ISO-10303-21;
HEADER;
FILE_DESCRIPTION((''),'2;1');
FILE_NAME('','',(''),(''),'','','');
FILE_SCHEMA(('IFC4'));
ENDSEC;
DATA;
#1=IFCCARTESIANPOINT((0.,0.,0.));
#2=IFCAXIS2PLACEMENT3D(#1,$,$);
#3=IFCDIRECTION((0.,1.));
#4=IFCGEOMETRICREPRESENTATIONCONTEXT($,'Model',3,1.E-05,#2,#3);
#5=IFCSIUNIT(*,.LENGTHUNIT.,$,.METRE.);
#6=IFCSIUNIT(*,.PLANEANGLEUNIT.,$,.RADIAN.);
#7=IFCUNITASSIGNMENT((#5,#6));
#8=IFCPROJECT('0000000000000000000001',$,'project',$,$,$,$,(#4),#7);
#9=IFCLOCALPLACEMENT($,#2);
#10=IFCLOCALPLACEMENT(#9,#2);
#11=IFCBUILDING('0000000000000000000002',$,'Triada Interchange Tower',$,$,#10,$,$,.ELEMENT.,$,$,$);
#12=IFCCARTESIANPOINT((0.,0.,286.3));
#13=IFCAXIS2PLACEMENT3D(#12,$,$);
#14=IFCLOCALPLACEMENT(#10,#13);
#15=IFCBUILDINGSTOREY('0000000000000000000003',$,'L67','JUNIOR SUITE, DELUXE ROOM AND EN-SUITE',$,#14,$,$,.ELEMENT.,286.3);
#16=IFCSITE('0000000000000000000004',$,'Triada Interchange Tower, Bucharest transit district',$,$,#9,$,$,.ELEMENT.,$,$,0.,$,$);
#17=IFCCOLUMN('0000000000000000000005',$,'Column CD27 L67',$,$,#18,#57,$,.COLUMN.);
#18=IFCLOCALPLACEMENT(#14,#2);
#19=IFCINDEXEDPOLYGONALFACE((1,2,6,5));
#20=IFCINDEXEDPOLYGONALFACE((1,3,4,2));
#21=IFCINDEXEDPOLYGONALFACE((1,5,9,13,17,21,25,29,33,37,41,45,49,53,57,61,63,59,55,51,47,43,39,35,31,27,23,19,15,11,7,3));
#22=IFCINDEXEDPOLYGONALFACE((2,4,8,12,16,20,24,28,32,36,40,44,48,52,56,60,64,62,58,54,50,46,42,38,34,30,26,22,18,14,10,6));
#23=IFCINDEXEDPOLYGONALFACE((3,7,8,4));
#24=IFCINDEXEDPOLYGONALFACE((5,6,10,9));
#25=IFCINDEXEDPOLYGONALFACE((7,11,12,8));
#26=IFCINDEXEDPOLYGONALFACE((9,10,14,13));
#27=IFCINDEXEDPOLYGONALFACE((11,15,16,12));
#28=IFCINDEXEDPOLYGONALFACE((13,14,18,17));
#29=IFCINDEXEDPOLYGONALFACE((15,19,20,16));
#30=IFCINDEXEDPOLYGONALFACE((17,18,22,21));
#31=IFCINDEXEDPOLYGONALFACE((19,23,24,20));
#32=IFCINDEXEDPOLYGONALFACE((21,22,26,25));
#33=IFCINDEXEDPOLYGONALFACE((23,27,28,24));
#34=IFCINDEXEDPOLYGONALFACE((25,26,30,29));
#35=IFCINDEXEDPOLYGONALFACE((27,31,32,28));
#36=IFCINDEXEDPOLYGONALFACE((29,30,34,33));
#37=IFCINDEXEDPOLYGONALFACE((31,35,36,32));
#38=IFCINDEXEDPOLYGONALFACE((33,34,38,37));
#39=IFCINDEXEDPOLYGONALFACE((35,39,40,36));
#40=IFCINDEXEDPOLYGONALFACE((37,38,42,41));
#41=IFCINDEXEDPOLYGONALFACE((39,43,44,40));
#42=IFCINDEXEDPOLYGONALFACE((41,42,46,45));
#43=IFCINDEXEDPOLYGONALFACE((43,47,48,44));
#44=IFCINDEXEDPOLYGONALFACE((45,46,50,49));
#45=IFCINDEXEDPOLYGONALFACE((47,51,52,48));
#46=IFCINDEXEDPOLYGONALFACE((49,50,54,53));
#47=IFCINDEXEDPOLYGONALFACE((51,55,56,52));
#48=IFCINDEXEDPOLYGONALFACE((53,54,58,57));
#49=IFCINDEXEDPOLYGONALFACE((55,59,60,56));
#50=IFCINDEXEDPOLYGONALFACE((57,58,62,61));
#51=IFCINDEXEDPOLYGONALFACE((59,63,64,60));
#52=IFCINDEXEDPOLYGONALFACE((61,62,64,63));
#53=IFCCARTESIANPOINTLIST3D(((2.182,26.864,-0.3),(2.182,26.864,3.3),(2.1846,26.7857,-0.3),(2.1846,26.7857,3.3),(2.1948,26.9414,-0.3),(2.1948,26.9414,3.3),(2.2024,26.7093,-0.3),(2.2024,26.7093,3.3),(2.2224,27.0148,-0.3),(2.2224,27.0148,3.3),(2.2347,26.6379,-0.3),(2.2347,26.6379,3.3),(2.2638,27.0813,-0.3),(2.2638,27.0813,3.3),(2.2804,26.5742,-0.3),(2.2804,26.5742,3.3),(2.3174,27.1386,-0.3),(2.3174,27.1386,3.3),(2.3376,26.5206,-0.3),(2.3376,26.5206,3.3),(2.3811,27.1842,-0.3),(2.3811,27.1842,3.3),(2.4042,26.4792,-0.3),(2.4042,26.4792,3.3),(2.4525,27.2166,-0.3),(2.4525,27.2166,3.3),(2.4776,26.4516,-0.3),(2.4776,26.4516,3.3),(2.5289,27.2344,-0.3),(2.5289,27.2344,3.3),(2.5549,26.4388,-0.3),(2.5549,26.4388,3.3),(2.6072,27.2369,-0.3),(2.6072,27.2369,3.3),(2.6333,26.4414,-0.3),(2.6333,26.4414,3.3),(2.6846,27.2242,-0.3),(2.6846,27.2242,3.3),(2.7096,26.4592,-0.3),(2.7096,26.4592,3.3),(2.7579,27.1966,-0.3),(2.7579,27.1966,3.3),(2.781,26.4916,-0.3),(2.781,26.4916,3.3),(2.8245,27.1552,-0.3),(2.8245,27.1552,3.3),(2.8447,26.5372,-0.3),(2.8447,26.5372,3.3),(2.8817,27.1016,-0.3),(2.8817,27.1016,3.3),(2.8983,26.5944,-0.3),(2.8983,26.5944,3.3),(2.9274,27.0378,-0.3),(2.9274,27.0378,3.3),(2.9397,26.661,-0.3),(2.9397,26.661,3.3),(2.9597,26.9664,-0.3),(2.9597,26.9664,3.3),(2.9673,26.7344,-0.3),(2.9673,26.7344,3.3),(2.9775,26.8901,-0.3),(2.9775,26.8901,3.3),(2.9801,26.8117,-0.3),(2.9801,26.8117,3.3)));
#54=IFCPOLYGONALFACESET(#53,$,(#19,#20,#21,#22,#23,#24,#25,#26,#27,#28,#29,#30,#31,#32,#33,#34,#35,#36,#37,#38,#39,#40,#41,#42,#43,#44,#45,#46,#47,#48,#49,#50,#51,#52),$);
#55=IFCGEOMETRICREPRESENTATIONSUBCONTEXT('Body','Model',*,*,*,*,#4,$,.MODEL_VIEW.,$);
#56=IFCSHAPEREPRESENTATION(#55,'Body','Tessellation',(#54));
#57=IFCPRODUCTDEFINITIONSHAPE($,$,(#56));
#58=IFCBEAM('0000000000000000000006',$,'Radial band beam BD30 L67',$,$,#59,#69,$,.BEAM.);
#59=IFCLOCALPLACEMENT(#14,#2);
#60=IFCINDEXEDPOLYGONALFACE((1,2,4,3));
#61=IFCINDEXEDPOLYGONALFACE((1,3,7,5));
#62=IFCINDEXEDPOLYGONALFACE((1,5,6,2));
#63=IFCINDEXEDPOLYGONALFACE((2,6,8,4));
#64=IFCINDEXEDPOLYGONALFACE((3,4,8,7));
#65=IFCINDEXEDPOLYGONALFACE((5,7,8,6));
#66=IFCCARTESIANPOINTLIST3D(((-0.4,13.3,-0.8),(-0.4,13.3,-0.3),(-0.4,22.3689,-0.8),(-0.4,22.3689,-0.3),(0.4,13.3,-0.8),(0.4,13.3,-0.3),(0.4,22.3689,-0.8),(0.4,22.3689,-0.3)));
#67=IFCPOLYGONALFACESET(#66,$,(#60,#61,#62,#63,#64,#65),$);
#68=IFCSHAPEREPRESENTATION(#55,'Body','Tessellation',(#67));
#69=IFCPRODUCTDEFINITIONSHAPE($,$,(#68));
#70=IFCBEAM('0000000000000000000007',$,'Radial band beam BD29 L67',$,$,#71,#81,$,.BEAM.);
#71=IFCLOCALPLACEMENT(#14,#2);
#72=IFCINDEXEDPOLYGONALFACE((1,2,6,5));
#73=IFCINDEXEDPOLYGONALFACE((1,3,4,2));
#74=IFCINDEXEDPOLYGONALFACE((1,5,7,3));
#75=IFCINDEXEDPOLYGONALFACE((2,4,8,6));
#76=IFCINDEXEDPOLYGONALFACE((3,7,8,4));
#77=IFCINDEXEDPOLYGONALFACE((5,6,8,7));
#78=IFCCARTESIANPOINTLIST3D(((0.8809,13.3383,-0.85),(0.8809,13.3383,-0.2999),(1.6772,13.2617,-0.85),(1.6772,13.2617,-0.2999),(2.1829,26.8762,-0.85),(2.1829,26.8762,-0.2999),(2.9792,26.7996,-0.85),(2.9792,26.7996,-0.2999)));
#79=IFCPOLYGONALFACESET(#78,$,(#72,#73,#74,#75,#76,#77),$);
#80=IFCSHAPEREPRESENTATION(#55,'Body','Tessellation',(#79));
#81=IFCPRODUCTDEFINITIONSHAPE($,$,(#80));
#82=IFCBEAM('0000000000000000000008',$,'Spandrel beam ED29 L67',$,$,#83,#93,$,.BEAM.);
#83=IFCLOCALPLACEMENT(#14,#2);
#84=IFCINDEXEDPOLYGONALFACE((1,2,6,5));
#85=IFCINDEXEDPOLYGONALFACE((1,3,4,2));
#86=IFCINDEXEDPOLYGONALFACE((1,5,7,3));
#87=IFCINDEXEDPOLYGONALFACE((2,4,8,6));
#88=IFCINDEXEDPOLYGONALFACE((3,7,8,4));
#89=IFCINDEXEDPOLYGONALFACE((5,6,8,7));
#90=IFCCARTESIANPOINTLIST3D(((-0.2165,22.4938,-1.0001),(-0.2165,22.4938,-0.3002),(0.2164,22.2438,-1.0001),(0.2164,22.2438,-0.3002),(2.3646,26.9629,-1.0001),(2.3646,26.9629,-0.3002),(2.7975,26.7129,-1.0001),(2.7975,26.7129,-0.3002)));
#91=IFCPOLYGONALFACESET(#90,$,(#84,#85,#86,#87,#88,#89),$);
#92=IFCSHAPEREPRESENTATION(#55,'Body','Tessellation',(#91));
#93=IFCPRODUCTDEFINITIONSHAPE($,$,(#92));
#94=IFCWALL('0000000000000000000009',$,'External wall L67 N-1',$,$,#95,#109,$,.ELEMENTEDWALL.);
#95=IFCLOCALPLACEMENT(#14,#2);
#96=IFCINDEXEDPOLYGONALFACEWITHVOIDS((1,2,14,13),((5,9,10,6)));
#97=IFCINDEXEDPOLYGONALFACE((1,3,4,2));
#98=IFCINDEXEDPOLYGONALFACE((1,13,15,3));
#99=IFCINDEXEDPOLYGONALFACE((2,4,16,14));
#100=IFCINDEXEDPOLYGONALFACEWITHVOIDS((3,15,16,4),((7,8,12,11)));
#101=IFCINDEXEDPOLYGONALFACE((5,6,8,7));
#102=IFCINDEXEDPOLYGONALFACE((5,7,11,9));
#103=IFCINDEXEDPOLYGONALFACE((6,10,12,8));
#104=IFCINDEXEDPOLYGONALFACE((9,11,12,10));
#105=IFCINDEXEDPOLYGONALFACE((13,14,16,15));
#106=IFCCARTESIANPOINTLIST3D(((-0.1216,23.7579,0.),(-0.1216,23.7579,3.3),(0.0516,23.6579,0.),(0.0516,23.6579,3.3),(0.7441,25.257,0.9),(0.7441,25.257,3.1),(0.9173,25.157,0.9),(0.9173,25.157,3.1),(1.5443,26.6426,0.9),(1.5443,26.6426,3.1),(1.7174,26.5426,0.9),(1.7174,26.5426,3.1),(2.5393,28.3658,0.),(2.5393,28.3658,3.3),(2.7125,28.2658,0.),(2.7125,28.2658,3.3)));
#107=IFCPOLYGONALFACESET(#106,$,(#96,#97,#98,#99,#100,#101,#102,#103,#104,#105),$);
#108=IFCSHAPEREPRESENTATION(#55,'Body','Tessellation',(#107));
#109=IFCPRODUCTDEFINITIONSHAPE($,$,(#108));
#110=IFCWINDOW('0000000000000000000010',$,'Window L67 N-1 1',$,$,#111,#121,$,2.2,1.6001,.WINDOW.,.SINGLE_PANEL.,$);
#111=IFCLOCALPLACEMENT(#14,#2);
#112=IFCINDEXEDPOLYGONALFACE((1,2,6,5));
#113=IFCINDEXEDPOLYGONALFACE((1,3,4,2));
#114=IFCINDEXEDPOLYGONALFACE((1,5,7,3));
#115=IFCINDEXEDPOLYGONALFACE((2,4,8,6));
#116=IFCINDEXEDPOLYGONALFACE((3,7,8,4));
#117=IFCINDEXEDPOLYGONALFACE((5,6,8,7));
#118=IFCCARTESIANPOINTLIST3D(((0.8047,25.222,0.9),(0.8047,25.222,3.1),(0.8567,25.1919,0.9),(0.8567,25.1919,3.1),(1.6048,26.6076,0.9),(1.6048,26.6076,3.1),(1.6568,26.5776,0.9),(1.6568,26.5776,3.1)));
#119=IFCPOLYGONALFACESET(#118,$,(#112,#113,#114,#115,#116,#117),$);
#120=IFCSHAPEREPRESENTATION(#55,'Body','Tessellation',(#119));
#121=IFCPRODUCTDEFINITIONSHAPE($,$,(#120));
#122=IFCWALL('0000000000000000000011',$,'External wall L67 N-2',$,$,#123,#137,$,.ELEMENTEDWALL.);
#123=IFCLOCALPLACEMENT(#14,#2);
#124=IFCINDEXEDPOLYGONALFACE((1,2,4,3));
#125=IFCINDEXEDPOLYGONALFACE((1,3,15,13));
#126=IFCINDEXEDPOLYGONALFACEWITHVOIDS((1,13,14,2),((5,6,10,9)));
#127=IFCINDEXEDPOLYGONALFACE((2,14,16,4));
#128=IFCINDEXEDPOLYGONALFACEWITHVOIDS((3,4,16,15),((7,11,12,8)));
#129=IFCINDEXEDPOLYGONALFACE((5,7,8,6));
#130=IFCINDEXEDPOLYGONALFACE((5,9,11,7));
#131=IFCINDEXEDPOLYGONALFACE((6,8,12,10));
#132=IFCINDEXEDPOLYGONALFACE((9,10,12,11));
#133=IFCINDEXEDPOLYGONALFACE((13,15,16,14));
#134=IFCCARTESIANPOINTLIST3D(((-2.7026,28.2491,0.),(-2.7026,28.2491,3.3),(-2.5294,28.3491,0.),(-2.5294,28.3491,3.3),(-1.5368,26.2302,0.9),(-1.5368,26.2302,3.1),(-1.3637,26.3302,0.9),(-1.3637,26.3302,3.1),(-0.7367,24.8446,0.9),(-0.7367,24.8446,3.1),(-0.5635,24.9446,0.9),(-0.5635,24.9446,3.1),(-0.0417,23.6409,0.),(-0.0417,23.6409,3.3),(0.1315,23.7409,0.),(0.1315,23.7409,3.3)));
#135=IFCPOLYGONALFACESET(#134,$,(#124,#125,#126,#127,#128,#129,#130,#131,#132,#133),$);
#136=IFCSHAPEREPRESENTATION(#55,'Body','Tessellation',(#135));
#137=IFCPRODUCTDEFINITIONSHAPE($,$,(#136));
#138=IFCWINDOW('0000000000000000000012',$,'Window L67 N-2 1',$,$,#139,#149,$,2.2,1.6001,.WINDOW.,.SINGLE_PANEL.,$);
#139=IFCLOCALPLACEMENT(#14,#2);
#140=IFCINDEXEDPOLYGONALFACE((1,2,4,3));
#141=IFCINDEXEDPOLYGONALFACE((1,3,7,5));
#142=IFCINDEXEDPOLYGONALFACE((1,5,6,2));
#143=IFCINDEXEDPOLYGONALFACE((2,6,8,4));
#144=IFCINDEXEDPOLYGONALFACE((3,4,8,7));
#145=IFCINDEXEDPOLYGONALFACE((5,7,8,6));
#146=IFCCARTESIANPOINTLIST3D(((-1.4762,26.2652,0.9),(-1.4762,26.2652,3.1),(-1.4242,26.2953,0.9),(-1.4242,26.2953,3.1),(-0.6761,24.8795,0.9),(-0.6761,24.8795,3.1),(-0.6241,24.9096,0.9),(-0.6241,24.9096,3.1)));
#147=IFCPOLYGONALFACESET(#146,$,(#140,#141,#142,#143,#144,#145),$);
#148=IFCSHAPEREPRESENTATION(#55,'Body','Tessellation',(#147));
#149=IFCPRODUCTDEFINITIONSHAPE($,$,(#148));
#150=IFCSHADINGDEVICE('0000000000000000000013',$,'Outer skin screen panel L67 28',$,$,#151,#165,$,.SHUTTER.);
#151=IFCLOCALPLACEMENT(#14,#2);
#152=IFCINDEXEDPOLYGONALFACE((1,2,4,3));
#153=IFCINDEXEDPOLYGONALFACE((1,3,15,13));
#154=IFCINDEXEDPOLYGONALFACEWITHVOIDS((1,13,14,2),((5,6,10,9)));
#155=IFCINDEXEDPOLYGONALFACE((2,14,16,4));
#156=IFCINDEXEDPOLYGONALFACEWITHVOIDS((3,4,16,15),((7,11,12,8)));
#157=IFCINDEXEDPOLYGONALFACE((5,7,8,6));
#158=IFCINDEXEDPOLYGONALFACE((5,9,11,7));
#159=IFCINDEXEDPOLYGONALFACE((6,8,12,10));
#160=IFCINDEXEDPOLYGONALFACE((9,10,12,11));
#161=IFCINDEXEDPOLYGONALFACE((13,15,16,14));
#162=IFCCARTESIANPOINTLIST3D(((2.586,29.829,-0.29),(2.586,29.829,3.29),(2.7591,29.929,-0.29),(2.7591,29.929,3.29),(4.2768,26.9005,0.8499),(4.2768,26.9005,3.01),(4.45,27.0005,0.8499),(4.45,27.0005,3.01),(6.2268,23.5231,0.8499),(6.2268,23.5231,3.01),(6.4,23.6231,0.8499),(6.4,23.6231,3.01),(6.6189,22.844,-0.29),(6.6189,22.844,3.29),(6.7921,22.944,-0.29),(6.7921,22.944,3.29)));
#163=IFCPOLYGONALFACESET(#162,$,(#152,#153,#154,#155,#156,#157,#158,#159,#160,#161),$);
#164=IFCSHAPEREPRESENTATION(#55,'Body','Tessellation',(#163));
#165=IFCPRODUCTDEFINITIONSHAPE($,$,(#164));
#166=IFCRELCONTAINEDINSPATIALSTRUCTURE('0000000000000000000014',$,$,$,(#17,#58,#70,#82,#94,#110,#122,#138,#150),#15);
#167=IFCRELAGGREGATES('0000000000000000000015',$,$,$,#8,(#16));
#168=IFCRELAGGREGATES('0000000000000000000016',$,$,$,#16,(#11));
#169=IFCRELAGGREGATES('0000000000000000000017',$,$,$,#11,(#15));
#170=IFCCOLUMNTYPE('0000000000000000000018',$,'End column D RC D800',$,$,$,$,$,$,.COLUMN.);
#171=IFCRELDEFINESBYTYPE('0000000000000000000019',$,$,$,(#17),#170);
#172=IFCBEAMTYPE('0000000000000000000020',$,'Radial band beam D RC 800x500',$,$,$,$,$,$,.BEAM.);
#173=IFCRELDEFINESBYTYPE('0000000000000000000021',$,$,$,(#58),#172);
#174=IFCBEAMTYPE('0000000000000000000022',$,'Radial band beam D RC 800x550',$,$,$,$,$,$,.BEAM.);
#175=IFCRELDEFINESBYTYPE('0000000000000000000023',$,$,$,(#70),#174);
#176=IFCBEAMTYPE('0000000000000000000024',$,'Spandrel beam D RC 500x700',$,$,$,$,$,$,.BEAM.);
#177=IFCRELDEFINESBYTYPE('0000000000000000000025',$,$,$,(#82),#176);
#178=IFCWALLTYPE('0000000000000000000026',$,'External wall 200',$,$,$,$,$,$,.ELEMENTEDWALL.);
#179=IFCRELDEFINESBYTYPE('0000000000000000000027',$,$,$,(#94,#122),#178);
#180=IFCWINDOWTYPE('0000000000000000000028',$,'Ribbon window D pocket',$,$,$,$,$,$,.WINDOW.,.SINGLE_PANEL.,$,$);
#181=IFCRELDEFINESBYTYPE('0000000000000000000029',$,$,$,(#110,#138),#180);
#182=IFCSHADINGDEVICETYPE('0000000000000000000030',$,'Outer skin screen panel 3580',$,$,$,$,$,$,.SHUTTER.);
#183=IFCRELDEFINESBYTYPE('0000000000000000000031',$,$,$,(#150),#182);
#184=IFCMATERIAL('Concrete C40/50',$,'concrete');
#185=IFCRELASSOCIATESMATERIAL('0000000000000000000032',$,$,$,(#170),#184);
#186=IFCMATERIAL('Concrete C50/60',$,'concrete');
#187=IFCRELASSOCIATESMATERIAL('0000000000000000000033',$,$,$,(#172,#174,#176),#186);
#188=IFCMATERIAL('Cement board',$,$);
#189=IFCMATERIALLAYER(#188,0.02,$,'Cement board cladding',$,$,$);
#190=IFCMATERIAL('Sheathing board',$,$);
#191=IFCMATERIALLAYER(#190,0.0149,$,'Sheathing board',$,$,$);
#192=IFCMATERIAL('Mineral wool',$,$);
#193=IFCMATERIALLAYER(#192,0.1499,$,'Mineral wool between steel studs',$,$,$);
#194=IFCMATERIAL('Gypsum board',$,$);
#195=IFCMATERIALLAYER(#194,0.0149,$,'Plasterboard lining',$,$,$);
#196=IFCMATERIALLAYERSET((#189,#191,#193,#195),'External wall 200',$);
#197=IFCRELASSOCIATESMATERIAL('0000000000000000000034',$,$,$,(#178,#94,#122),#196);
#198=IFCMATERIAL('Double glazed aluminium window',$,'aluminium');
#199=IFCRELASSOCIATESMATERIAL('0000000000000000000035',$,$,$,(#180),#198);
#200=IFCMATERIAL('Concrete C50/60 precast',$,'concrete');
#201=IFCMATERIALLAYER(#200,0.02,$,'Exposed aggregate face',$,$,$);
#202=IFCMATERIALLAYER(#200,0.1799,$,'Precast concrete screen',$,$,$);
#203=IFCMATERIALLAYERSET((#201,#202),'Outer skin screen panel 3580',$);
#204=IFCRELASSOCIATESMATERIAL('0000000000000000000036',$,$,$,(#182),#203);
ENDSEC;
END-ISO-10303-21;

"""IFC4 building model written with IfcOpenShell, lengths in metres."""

from ifc_helpers import new_model, si_unit, direction, frame, frame_2d, origin, origin_2d, place, context, subcontext, project, spatial, polyline, rectangle, circle, outline, extrude, material, layer, layer_set, layer_usage, material_profile, profile_set, type_object, element, fill, save


model = new_model("IFC4")

# Units and contexts
model_context = context("Model", 3, precision=1e-05, world=origin(), true_north=direction((0.0, 1.0)))
body_context = subcontext(model_context, "Body", "Model", "MODEL_VIEW")
ifc_project = project(units=[si_unit("LENGTHUNIT", "METRE"), si_unit("PLANEANGLEUNIT", "RADIAN")], contexts=[model_context])

# Site, building, storey
site_placement = place(None, origin())
site = spatial("IfcSite", under=ifc_project, at=site_placement, Name="Triada Interchange Tower, Bucharest transit district", CompositionType="ELEMENT", RefElevation=0.0)
building_placement = place(site_placement, origin())
building = spatial("IfcBuilding", under=site, at=building_placement, Name="Triada Interchange Tower", CompositionType="ELEMENT")
storey_placement = place(building_placement, frame((0.0, 0.0, 286.3)))
storey = spatial("IfcBuildingStorey", under=building, at=storey_placement, Name="L67", Description="JUNIOR SUITE, DELUXE ROOM AND EN-SUITE", CompositionType="ELEMENT", Elevation=286.3)

# Column
ifc_material_1 = material(Name="Concrete C40/50", Category="concrete")
ifc_material_profile_1 = material_profile(ifc_material_1, circle(Radius=0.3999, at=origin_2d()), Name="RC D800")
ifc_profile_set_1 = profile_set([ifc_material_profile_1], Name="Concrete C40/50")
column_type = type_object("IfcColumnType", Name="End column D RC D800", PredefinedType="COLUMN", material=ifc_profile_set_1)
column_placement = place(storey_placement, frame((2.5811, 26.8379, -0.3), z_axis=(0.0, 0.0, 1.0), x_axis=(-0.5, 0.866025, 0.0)))
element("IfcColumn", 1, at=column_placement, inside=storey, type_object=column_type, Name="Column CD27 L67", PredefinedType="COLUMN", context=body_context, shape_type="SweptSolid", body=[
    extrude(circle(Radius=0.3999, at=origin_2d()), origin(), (0.0, 0.0, 1.0), 3.6001),
])

# Beams
ifc_material_2 = material(Name="Concrete C50/60", Category="concrete")
ifc_material_profile_2 = material_profile(ifc_material_2, rectangle(XDim=0.8, YDim=0.5, at=origin_2d()), Name="RC 800x500")
ifc_profile_set_2 = profile_set([ifc_material_profile_2], Name="Concrete C50/60")
beam_type_1 = type_object("IfcBeamType", Name="Radial band beam D RC 800x500", PredefinedType="BEAM", material=ifc_profile_set_2)
beam_1_placement = place(storey_placement, frame((0.0, 22.3689, -0.55), z_axis=(0.0, -1.0, 0.0), x_axis=(1.0, 0.0, 0.0)))
element("IfcBeam", 2, at=beam_1_placement, inside=storey, type_object=beam_type_1, Name="Radial band beam BD30 L67", PredefinedType="BEAM", context=body_context, shape_type="SweptSolid", body=[
    extrude(rectangle(XDim=0.8, YDim=0.5, at=origin_2d()), origin(), (0.0, 0.0, 1.0), 9.0688),
])
ifc_material_profile_3 = material_profile(ifc_material_2, rectangle(XDim=0.8, YDim=0.55, at=origin_2d()), Name="RC 800x550")
ifc_profile_set_3 = profile_set([ifc_material_profile_3], Name="Concrete C50/60")
beam_type_2 = type_object("IfcBeamType", Name="Radial band beam D RC 800x550", PredefinedType="BEAM", material=ifc_profile_set_3)
beam_2_placement = place(storey_placement, frame((2.5811, 26.8379, -0.575), z_axis=(-0.095733, -0.995407, 0.0), x_axis=(0.995407, -0.095733, 0.0)))
element("IfcBeam", 3, at=beam_2_placement, inside=storey, type_object=beam_type_2, Name="Radial band beam BD29 L67", PredefinedType="BEAM", context=body_context, shape_type="SweptSolid", body=[
    extrude(rectangle(XDim=0.8, YDim=0.55, at=origin_2d()), origin(), (0.0, 0.0, 1.0), 13.6003),
])
ifc_material_profile_4 = material_profile(ifc_material_2, rectangle(XDim=0.5, YDim=0.7, at=origin_2d()), Name="RC 500x700")
ifc_profile_set_4 = profile_set([ifc_material_profile_4], Name="Concrete C50/60")
beam_type_3 = type_object("IfcBeamType", Name="Spandrel beam D RC 500x700", PredefinedType="BEAM", material=ifc_profile_set_4)
beam_3_placement = place(storey_placement, frame((2.5811, 26.8379, -0.6501), z_axis=(-0.500128, -0.865952, 0.0), x_axis=(0.865952, -0.500128, 0.0)))
element("IfcBeam", 4, at=beam_3_placement, inside=storey, type_object=beam_type_3, Name="Spandrel beam ED29 L67", PredefinedType="BEAM", context=body_context, shape_type="SweptSolid", body=[
    extrude(rectangle(XDim=0.5, YDim=0.7, at=origin_2d()), origin(), (0.0, 0.0, 1.0), 5.1609),
])

# Walls, openings, windows
ifc_material_3 = material(Name="Cement board")
ifc_layer_1 = layer(ifc_material_3, 0.02, Name="Cement board cladding")
ifc_material_4 = material(Name="Sheathing board")
ifc_layer_2 = layer(ifc_material_4, 0.0149, Name="Sheathing board")
ifc_material_5 = material(Name="Mineral wool")
ifc_layer_3 = layer(ifc_material_5, 0.1499, Name="Mineral wool between steel studs")
ifc_material_6 = material(Name="Gypsum board")
ifc_layer_4 = layer(ifc_material_6, 0.0149, Name="Plasterboard lining")
ifc_layer_set_1 = layer_set([ifc_layer_1, ifc_layer_2, ifc_layer_3, ifc_layer_4], Name="External wall 200")
ifc_layer_usage = layer_usage(ifc_layer_set_1, "AXIS2", "POSITIVE", -0.1001)
wall_type = type_object("IfcWallType", Name="External wall 200", PredefinedType="ELEMENTEDWALL", material=ifc_layer_set_1)
wall_1_placement = place(storey_placement, frame((2.626, 28.3159, 0.0), z_axis=(0.0, 0.0, 1.0), x_axis=(-0.500072, -0.865984, 0.0)))
wall_1 = element("IfcWall", 5, at=wall_1_placement, inside=storey, type_object=wall_type, material=ifc_layer_usage, Name="External wall L67 N-1", PredefinedType="ELEMENTEDWALL", context=body_context, shape_type="SweptSolid", body=[
    extrude(rectangle(XDim=5.321, YDim=0.2, at=frame_2d((2.6606, 0.0))), origin(), (0.0, 0.0, 1.0), 3.3),
])
opening_1_placement = place(wall_1_placement, frame((1.99, 0.0, 0.8999)))
opening_1 = element("IfcOpeningElement", 6, at=opening_1_placement, cuts=wall_1, PredefinedType="OPENING", context=body_context, shape_type="SweptSolid", body=[
    extrude(rectangle(XDim=1.6001, YDim=2.2, at=frame_2d((0.8, 1.1001))), frame((0.0, 0.1099, 0.0), z_axis=(0.0, -1.0, 0.0), x_axis=(1.0, 0.0, 0.0)), (0.0, 0.0, 1.0), 0.22),
])
ifc_material_7 = material(Name="Double glazed aluminium window", Category="aluminium")
window_type = type_object("IfcWindowType", Name="Ribbon window D pocket", PartitioningType="SINGLE_PANEL", PredefinedType="WINDOW", material=ifc_material_7)
window_1_placement = place(opening_1_placement, origin())
window_1 = element("IfcWindow", 7, at=window_1_placement, inside=storey, type_object=window_type, Name="Window L67 N-1 1", OverallHeight=2.2, OverallWidth=1.6001, PartitioningType="SINGLE_PANEL", PredefinedType="WINDOW", context=body_context, shape_type="SweptSolid", body=[
    extrude(rectangle(XDim=1.6001, YDim=2.2, at=frame_2d((0.8, 1.1001))), frame((0.0, 0.03, 0.0), z_axis=(0.0, -1.0, 0.0), x_axis=(1.0, 0.0, 0.0)), (0.0, 0.0, 1.0), 0.0601),
])
fill(opening_1, window_1)
wall_2_placement = place(storey_placement, frame((0.0449, 23.6909, 0.0), z_axis=(0.0, 0.0, 1.0), x_axis=(-0.500052, 0.865995, 0.0)))
wall_2 = element("IfcWall", 8, at=wall_2_placement, inside=storey, type_object=wall_type, material=ifc_layer_usage, Name="External wall L67 N-2", PredefinedType="ELEMENTEDWALL", context=body_context, shape_type="SweptSolid", body=[
    extrude(rectangle(XDim=5.3213, YDim=0.2, at=frame_2d((2.6606, 0.0))), origin(), (0.0, 0.0, 1.0), 3.3),
])
opening_2_placement = place(wall_2_placement, frame((1.3899, 0.0, 0.8999)))
opening_2 = element("IfcOpeningElement", 9, at=opening_2_placement, cuts=wall_2, PredefinedType="OPENING", context=body_context, shape_type="SweptSolid", body=[
    extrude(rectangle(XDim=1.6001, YDim=2.2, at=frame_2d((0.8, 1.1001))), frame((0.0, 0.1099, 0.0), z_axis=(0.0, -1.0, 0.0), x_axis=(1.0, 0.0, 0.0)), (0.0, 0.0, 1.0), 0.22),
])
window_2_placement = place(opening_2_placement, origin())
window_2 = element("IfcWindow", 10, at=window_2_placement, inside=storey, type_object=window_type, Name="Window L67 N-2 1", OverallHeight=2.2, OverallWidth=1.6001, PartitioningType="SINGLE_PANEL", PredefinedType="WINDOW", context=body_context, shape_type="SweptSolid", body=[
    extrude(rectangle(XDim=1.6001, YDim=2.2, at=frame_2d((0.8, 1.1001))), frame((0.0, 0.03, 0.0), z_axis=(0.0, -1.0, 0.0), x_axis=(1.0, 0.0, 0.0)), (0.0, 0.0, 1.0), 0.0601),
])
fill(opening_2, window_2)

# Shading device
ifc_material_8 = material(Name="Concrete C50/60 precast", Category="concrete")
ifc_layer_5 = layer(ifc_material_8, 0.02, Name="Exposed aggregate face")
ifc_layer_6 = layer(ifc_material_8, 0.1799, Name="Precast concrete screen")
ifc_layer_set_2 = layer_set([ifc_layer_5, ifc_layer_6], Name="Outer skin screen panel 3580")
shading_device_type = type_object("IfcShadingDeviceType", Name="Outer skin screen panel 3580", PredefinedType="SHUTTER", material=ifc_layer_set_2)
shading_device_1_placement = place(storey_placement, frame((6.6189, 22.844, -0.29), z_axis=(0.0, 0.0, 1.0), x_axis=(-0.50001, 0.86602, 0.0)))
element("IfcShadingDevice", 11, at=shading_device_1_placement, inside=storey, type_object=shading_device_type, Name="Outer skin screen panel L67 28", PredefinedType="SHUTTER", context=body_context, shape_type="SweptSolid", body=[
    extrude(outline(polyline([(0.0, 0.0), (8.0657, 0.0), (8.0657, 3.5801), (0.0, 3.5801), (0.0, 0.0)]), holes=[polyline([(0.7842, 1.1399), (0.7842, 3.3), (4.6841, 3.3), (4.6841, 1.1399), (0.7842, 1.1399)])]), frame((0.0, 0.0, 0.0), z_axis=(0.0, -1.0, 0.0), x_axis=(1.0, 0.0, 0.0)), (0.0, 0.0, 1.0), 0.2),
])

save(model, "model.ifc")
